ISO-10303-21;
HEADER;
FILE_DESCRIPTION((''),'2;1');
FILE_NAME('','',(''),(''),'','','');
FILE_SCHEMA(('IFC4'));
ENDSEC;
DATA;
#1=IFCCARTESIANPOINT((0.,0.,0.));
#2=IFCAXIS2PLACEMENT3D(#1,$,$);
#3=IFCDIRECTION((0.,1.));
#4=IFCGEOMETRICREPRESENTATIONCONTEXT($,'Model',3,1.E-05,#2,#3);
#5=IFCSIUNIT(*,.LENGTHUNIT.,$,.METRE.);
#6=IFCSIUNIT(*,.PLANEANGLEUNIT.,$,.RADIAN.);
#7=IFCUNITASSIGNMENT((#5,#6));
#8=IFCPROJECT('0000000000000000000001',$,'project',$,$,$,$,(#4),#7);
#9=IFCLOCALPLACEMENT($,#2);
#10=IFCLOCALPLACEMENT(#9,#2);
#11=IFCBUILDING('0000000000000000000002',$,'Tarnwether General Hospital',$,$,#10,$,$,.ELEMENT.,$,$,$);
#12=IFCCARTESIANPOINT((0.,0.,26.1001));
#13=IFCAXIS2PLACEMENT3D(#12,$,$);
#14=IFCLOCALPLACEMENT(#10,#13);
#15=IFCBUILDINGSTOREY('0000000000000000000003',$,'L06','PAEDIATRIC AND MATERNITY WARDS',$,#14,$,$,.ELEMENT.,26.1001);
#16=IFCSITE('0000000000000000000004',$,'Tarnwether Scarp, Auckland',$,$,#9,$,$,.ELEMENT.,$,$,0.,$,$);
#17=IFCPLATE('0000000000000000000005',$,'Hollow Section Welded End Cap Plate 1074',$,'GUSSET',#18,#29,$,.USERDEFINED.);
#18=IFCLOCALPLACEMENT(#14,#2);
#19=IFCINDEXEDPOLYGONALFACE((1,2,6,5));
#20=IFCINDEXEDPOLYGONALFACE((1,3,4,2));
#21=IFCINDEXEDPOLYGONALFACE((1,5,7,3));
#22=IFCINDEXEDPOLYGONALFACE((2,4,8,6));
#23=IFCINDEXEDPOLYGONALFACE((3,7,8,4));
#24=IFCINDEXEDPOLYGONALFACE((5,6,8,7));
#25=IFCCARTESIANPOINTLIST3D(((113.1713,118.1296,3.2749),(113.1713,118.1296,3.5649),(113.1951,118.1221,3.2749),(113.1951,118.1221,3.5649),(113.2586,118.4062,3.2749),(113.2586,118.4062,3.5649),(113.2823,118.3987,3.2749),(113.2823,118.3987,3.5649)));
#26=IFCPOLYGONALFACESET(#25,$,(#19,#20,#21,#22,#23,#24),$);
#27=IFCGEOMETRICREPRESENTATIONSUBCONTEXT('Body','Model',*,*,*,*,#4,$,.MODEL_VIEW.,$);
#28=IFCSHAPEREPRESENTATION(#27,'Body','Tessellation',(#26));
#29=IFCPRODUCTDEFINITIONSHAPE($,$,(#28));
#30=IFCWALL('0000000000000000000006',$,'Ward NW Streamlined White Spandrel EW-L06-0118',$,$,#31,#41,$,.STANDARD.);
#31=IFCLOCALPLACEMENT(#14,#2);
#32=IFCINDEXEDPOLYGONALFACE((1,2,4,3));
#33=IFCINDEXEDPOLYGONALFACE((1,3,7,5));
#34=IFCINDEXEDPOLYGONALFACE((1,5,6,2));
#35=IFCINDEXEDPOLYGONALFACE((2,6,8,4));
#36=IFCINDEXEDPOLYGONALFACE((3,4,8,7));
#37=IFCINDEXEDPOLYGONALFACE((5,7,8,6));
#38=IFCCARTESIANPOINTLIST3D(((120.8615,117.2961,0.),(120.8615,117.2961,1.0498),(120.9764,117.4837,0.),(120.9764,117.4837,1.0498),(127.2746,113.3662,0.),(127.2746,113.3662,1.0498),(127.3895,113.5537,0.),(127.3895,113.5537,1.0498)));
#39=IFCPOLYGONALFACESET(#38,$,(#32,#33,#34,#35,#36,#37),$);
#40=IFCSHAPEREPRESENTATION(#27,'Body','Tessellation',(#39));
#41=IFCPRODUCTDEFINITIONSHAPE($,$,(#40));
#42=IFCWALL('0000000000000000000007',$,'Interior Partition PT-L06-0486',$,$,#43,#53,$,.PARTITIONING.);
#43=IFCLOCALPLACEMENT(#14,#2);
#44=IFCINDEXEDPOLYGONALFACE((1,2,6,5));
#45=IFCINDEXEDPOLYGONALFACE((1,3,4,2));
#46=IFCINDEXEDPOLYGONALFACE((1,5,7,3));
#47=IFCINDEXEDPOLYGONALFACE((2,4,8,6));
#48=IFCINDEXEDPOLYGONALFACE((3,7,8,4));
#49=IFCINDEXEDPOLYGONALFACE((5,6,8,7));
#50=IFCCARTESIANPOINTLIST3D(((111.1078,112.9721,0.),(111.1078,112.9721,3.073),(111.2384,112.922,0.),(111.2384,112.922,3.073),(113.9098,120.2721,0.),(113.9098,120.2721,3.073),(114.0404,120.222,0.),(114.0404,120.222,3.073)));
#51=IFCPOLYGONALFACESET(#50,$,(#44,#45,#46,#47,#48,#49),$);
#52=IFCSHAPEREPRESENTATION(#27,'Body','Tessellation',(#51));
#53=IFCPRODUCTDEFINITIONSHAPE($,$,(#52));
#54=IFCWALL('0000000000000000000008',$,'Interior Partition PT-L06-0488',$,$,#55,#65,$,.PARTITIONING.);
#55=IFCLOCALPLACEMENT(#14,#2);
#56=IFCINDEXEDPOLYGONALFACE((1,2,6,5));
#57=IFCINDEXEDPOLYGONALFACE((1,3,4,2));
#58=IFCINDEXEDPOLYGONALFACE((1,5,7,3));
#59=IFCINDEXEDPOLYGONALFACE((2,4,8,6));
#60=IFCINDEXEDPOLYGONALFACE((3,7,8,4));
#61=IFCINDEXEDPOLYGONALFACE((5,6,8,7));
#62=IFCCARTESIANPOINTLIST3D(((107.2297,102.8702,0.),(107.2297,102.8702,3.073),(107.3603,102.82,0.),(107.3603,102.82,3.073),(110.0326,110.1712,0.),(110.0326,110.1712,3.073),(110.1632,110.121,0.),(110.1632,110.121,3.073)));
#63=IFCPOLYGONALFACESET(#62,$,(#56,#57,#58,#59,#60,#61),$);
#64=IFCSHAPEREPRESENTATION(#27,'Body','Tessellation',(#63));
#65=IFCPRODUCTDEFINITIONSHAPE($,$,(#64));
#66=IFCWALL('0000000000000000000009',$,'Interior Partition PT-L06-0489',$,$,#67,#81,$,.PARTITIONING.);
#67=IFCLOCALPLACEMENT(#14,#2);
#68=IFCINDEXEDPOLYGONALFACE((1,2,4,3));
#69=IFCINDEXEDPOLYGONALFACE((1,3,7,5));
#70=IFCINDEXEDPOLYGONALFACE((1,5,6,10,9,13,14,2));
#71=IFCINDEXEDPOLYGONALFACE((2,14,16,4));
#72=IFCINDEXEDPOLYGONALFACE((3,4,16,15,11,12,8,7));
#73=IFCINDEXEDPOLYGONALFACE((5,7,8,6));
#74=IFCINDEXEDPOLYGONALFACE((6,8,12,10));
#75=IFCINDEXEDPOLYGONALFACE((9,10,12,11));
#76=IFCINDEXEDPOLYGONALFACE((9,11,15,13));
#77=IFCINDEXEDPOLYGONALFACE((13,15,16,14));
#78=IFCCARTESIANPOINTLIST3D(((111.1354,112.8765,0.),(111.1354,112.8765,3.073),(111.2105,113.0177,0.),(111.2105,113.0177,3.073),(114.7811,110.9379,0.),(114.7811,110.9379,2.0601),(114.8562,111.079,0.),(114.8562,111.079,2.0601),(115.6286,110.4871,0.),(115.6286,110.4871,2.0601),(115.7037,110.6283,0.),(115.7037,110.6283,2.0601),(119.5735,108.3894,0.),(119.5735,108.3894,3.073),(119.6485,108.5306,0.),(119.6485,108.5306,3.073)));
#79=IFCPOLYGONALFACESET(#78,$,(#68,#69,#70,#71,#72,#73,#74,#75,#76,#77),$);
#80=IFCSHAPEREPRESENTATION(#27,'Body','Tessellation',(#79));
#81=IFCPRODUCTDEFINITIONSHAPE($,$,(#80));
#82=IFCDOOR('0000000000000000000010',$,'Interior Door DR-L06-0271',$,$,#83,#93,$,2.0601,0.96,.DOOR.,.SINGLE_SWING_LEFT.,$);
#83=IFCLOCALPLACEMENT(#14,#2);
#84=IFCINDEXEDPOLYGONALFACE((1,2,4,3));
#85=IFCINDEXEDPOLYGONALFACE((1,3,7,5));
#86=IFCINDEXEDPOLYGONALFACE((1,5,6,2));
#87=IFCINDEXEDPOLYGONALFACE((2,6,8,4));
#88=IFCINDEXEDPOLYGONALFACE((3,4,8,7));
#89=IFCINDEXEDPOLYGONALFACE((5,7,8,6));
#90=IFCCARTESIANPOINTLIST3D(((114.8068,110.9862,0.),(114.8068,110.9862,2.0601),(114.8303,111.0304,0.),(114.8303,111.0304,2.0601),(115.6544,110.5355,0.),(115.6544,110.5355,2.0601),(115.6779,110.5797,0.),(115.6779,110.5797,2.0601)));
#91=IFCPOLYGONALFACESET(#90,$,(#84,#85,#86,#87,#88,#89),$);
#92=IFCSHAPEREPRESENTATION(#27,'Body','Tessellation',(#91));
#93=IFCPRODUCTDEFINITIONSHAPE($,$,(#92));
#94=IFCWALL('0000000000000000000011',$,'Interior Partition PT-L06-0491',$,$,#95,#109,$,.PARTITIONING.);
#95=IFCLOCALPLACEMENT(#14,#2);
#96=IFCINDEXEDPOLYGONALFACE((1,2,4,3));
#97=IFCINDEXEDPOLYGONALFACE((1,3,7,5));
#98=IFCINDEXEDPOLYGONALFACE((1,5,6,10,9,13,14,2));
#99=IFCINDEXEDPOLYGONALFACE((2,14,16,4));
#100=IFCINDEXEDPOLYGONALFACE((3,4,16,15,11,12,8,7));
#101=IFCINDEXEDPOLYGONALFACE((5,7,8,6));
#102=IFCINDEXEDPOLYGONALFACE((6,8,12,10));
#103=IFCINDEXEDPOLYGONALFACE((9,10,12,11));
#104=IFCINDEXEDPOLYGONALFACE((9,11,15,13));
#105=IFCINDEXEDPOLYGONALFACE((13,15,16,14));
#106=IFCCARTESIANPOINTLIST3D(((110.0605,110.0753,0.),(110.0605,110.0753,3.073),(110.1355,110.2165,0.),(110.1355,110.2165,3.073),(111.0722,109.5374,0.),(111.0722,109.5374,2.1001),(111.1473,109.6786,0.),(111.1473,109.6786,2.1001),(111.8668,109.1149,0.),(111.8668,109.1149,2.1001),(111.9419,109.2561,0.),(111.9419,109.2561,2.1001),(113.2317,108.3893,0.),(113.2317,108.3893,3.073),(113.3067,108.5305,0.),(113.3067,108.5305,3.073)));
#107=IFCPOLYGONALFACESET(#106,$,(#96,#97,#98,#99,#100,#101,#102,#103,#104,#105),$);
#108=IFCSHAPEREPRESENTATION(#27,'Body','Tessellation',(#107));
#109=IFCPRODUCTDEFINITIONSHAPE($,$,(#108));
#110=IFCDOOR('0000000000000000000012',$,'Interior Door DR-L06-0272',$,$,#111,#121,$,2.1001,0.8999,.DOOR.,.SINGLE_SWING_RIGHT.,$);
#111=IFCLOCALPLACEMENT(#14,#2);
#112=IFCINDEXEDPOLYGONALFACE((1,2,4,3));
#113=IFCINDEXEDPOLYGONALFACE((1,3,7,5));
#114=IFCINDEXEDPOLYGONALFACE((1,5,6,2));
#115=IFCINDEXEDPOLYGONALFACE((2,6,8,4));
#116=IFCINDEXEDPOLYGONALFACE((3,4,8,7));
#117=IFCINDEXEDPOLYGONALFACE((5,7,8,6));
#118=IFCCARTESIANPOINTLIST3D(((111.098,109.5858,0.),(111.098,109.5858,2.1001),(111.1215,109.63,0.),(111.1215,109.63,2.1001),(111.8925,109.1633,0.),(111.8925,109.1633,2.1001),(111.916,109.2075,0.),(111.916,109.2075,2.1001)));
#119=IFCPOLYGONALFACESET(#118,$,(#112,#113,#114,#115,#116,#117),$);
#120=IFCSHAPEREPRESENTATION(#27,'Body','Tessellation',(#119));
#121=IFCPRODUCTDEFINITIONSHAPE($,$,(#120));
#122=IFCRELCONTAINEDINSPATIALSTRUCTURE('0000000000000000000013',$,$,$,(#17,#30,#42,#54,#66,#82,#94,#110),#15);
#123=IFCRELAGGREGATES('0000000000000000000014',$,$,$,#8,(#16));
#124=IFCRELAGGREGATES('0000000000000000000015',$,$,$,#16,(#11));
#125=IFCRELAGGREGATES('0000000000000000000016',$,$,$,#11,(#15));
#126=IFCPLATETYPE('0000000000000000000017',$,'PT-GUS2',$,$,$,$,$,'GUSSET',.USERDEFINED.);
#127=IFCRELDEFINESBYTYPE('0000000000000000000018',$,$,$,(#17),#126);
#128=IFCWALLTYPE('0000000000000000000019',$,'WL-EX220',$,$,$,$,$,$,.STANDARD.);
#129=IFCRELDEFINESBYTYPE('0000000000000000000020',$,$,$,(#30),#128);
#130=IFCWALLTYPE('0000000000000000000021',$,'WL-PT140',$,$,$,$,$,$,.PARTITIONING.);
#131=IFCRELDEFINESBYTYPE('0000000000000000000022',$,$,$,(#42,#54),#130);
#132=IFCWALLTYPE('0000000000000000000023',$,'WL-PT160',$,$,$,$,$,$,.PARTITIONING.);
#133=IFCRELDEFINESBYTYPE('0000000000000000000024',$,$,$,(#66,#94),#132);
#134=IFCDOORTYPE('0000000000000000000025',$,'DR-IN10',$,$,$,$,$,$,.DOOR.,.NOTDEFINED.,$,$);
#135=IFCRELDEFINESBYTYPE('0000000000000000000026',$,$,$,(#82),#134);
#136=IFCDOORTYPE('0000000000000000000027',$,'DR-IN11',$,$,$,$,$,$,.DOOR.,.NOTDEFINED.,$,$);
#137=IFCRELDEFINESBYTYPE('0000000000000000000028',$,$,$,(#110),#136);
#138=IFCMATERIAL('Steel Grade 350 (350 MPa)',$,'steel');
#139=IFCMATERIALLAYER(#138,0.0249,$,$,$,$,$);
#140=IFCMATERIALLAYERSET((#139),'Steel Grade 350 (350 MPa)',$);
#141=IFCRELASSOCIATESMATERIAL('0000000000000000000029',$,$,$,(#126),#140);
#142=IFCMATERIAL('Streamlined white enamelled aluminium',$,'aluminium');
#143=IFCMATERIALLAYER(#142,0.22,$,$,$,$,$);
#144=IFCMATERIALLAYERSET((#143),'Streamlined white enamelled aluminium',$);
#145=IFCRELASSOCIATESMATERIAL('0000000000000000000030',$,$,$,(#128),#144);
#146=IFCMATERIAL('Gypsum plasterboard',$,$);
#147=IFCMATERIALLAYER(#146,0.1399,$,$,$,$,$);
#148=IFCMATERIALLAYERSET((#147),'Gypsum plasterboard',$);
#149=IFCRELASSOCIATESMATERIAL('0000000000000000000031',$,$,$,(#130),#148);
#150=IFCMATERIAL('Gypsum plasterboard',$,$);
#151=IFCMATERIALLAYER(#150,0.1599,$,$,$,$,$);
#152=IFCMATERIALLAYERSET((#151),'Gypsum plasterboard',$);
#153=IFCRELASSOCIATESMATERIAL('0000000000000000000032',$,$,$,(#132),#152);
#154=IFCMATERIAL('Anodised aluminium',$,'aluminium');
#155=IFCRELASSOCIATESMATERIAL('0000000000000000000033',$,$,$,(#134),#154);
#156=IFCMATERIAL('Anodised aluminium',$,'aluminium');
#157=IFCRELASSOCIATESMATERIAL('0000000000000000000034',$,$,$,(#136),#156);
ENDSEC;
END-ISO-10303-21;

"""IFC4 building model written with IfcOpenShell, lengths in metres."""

from ifc_helpers import new_model, si_unit, direction, frame, frame_2d, origin, origin_2d, place, context, subcontext, project, spatial, rectangle, extrude, material, layer, layer_set, type_object, element, fill, save


model = new_model("IFC4")

# Units and contexts
model_context = context("Model", 3, precision=1e-05, world=origin(), true_north=direction((0.0, 1.0)))
body_context = subcontext(model_context, "Body", "Model", "MODEL_VIEW")
ifc_project = project(units=[si_unit("LENGTHUNIT", "METRE"), si_unit("PLANEANGLEUNIT", "RADIAN")], contexts=[model_context])

# Site, building, storey
site_placement = place(None, origin())
site = spatial("IfcSite", under=ifc_project, at=site_placement, Name="Tarnwether Scarp, Auckland", CompositionType="ELEMENT", RefElevation=0.0)
building_placement = place(site_placement, origin())
building = spatial("IfcBuilding", under=site, at=building_placement, Name="Tarnwether General Hospital", CompositionType="ELEMENT")
storey_placement = place(building_placement, frame((0.0, 0.0, 26.1001)))
storey = spatial("IfcBuildingStorey", under=building, at=storey_placement, Name="L06", Description="PAEDIATRIC AND MATERNITY WARDS", CompositionType="ELEMENT", Elevation=26.1001)

# Plate
ifc_material_1 = material(Name="Steel Grade 350 (350 MPa)", Category="steel")
ifc_layer_1 = layer(ifc_material_1, 0.0249)
ifc_layer_set_1 = layer_set([ifc_layer_1], Name="Steel Grade 350 (350 MPa)")
plate_type_1 = type_object("IfcPlateType", Name="PT-GUS2", ElementType="GUSSET", PredefinedType="USERDEFINED", material=ifc_layer_set_1)
plate_1_placement = place(storey_placement, frame((113.2268, 118.2642, 3.2749), z_axis=(0.0, 0.0, 1.0), x_axis=(0.953691, -0.300789, 0.0)))
element("IfcPlate", 1, at=plate_1_placement, inside=storey, type_object=plate_type_1, Name="Hollow Section Welded End Cap Plate 1074", ObjectType="GUSSET", PredefinedType="USERDEFINED", context=body_context, shape_type="SweptSolid", body=[
    extrude(rectangle(XDim=0.0249, YDim=0.29, at=origin_2d()), origin(), (0.0, 0.0, 1.0), 0.29),
])

# Walls
ifc_material_2 = material(Name="Streamlined white enamelled aluminium", Category="aluminium")
ifc_layer_2 = layer(ifc_material_2, 0.22)
ifc_layer_set_2 = layer_set([ifc_layer_2], Name="Streamlined white enamelled aluminium")
wall_type_1 = type_object("IfcWallType", Name="WL-EX220", PredefinedType="STANDARD", material=ifc_layer_set_2)
wall_1_placement = place(storey_placement, frame((120.9189, 117.3899, 0.0), z_axis=(0.0, 0.0, 1.0), x_axis=(0.852641, -0.522497, 0.0)))
element("IfcWall", 2, at=wall_1_placement, inside=storey, type_object=wall_type_1, Name="Ward NW Streamlined White Spandrel EW-L06-0118", PredefinedType="STANDARD", context=body_context, shape_type="SweptSolid", body=[
    extrude(rectangle(XDim=7.5215, YDim=0.22, at=frame_2d((3.7607, 0.0))), origin(), (0.0, 0.0, 1.0), 1.0498),
])
ifc_material_3 = material(Name="Gypsum plasterboard")
ifc_layer_3 = layer(ifc_material_3, 0.1399)
ifc_layer_set_3 = layer_set([ifc_layer_3], Name="Gypsum plasterboard")
wall_type_2 = type_object("IfcWallType", Name="WL-PT140", PredefinedType="PARTITIONING", material=ifc_layer_set_3)
wall_2_placement = place(storey_placement, frame((111.1731, 112.947, 0.0), z_axis=(0.0, 0.0, 1.0), x_axis=(0.358343, 0.93359, 0.0)))
element("IfcWall", 3, at=wall_2_placement, inside=storey, type_object=wall_type_2, Name="Interior Partition PT-L06-0486", PredefinedType="PARTITIONING", context=body_context, shape_type="SweptSolid", body=[
    extrude(rectangle(XDim=7.8193, YDim=0.1399, at=frame_2d((3.9097, 0.0))), origin(), (0.0, 0.0, 1.0), 3.073),
])
wall_3_placement = place(storey_placement, frame((110.0979, 110.146, 0.0), z_axis=(0.0, 0.0, 1.0), x_axis=(-0.35841, -0.933564, 0.0)))
element("IfcWall", 4, at=wall_3_placement, inside=storey, type_object=wall_type_2, Name="Interior Partition PT-L06-0488", PredefinedType="PARTITIONING", context=body_context, shape_type="SweptSolid", body=[
    extrude(rectangle(XDim=7.8206, YDim=0.1399, at=frame_2d((3.9102, 0.0))), origin(), (0.0, 0.0, 1.0), 3.073),
])

# Walls, openings, doors
ifc_material_4 = material(Name="Gypsum plasterboard")
ifc_layer_4 = layer(ifc_material_4, 0.1599)
ifc_layer_set_4 = layer_set([ifc_layer_4], Name="Gypsum plasterboard")
wall_type_3 = type_object("IfcWallType", Name="WL-PT160", PredefinedType="PARTITIONING", material=ifc_layer_set_4)
wall_4_placement = place(storey_placement, frame((111.1731, 112.947, 0.0), z_axis=(0.0, 0.0, 1.0), x_axis=(0.882926, -0.469513, 0.0)))
wall_4 = element("IfcWall", 5, at=wall_4_placement, inside=storey, type_object=wall_type_3, Name="Interior Partition PT-L06-0489", PredefinedType="PARTITIONING", context=body_context, shape_type="SweptSolid", body=[
    extrude(rectangle(XDim=9.5569, YDim=0.1599, at=frame_2d((4.7783, 0.0))), origin(), (0.0, 0.0, 1.0), 3.073),
])
opening_1_placement = place(wall_4_placement, frame((4.1289, 0.0, 0.0)))
opening_1 = element("IfcOpeningElement", 6, at=opening_1_placement, cuts=wall_4, PredefinedType="OPENING", context=body_context, shape_type="SweptSolid", body=[
    extrude(rectangle(XDim=0.96, YDim=2.0601, at=frame_2d((0.48, 1.03))), frame((0.0, 0.0898, 0.0), z_axis=(0.0, -1.0, 0.0), x_axis=(1.0, 0.0, 0.0)), (0.0, 0.0, 1.0), 0.1799),
])
ifc_material_5 = material(Name="Anodised aluminium", Category="aluminium")
door_type_1 = type_object("IfcDoorType", Name="DR-IN10", OperationType="NOTDEFINED", PredefinedType="DOOR", material=ifc_material_5)
door_1_placement = place(opening_1_placement, origin())
door_1 = element("IfcDoor", 7, at=door_1_placement, inside=storey, type_object=door_type_1, Name="Interior Door DR-L06-0271", OperationType="SINGLE_SWING_LEFT", OverallHeight=2.0601, OverallWidth=0.96, PredefinedType="DOOR", context=body_context, shape_type="SweptSolid", body=[
    extrude(rectangle(XDim=0.96, YDim=2.0601, at=frame_2d((0.48, 1.03))), frame((0.0, 0.0249, 0.0), z_axis=(0.0, -1.0, 0.0), x_axis=(1.0, 0.0, 0.0)), (0.0, 0.0, 1.0), 0.05),
])
fill(opening_1, door_1)
wall_5_placement = place(storey_placement, frame((110.0979, 110.146, 0.0), z_axis=(0.0, 0.0, 1.0), x_axis=(0.882958, -0.469452, 0.0)))
wall_5 = element("IfcWall", 8, at=wall_5_placement, inside=storey, type_object=wall_type_3, Name="Interior Partition PT-L06-0491", PredefinedType="PARTITIONING", context=body_context, shape_type="SweptSolid", body=[
    extrude(rectangle(XDim=3.5916, YDim=0.1599, at=frame_2d((1.7959, 0.0))), origin(), (0.0, 0.0, 1.0), 3.073),
])
opening_2_placement = place(wall_5_placement, frame((1.146, 0.0, 0.0)))
opening_2 = element("IfcOpeningElement", 9, at=opening_2_placement, cuts=wall_5, PredefinedType="OPENING", context=body_context, shape_type="SweptSolid", body=[
    extrude(rectangle(XDim=0.8999, YDim=2.1001, at=frame_2d((0.45, 1.05))), frame((0.0, 0.0898, 0.0), z_axis=(0.0, -1.0, 0.0), x_axis=(1.0, 0.0, 0.0)), (0.0, 0.0, 1.0), 0.1799),
])
ifc_material_6 = material(Name="Anodised aluminium", Category="aluminium")
door_type_2 = type_object("IfcDoorType", Name="DR-IN11", OperationType="NOTDEFINED", PredefinedType="DOOR", material=ifc_material_6)
door_2_placement = place(opening_2_placement, origin())
door_2 = element("IfcDoor", 10, at=door_2_placement, inside=storey, type_object=door_type_2, Name="Interior Door DR-L06-0272", OperationType="SINGLE_SWING_RIGHT", OverallHeight=2.1001, OverallWidth=0.8999, PredefinedType="DOOR", context=body_context, shape_type="SweptSolid", body=[
    extrude(rectangle(XDim=0.8999, YDim=2.1001, at=frame_2d((0.45, 1.05))), frame((0.0, 0.0249, 0.0), z_axis=(0.0, -1.0, 0.0), x_axis=(1.0, 0.0, 0.0)), (0.0, 0.0, 1.0), 0.05),
])
fill(opening_2, door_2)

save(model, "model.ifc")
